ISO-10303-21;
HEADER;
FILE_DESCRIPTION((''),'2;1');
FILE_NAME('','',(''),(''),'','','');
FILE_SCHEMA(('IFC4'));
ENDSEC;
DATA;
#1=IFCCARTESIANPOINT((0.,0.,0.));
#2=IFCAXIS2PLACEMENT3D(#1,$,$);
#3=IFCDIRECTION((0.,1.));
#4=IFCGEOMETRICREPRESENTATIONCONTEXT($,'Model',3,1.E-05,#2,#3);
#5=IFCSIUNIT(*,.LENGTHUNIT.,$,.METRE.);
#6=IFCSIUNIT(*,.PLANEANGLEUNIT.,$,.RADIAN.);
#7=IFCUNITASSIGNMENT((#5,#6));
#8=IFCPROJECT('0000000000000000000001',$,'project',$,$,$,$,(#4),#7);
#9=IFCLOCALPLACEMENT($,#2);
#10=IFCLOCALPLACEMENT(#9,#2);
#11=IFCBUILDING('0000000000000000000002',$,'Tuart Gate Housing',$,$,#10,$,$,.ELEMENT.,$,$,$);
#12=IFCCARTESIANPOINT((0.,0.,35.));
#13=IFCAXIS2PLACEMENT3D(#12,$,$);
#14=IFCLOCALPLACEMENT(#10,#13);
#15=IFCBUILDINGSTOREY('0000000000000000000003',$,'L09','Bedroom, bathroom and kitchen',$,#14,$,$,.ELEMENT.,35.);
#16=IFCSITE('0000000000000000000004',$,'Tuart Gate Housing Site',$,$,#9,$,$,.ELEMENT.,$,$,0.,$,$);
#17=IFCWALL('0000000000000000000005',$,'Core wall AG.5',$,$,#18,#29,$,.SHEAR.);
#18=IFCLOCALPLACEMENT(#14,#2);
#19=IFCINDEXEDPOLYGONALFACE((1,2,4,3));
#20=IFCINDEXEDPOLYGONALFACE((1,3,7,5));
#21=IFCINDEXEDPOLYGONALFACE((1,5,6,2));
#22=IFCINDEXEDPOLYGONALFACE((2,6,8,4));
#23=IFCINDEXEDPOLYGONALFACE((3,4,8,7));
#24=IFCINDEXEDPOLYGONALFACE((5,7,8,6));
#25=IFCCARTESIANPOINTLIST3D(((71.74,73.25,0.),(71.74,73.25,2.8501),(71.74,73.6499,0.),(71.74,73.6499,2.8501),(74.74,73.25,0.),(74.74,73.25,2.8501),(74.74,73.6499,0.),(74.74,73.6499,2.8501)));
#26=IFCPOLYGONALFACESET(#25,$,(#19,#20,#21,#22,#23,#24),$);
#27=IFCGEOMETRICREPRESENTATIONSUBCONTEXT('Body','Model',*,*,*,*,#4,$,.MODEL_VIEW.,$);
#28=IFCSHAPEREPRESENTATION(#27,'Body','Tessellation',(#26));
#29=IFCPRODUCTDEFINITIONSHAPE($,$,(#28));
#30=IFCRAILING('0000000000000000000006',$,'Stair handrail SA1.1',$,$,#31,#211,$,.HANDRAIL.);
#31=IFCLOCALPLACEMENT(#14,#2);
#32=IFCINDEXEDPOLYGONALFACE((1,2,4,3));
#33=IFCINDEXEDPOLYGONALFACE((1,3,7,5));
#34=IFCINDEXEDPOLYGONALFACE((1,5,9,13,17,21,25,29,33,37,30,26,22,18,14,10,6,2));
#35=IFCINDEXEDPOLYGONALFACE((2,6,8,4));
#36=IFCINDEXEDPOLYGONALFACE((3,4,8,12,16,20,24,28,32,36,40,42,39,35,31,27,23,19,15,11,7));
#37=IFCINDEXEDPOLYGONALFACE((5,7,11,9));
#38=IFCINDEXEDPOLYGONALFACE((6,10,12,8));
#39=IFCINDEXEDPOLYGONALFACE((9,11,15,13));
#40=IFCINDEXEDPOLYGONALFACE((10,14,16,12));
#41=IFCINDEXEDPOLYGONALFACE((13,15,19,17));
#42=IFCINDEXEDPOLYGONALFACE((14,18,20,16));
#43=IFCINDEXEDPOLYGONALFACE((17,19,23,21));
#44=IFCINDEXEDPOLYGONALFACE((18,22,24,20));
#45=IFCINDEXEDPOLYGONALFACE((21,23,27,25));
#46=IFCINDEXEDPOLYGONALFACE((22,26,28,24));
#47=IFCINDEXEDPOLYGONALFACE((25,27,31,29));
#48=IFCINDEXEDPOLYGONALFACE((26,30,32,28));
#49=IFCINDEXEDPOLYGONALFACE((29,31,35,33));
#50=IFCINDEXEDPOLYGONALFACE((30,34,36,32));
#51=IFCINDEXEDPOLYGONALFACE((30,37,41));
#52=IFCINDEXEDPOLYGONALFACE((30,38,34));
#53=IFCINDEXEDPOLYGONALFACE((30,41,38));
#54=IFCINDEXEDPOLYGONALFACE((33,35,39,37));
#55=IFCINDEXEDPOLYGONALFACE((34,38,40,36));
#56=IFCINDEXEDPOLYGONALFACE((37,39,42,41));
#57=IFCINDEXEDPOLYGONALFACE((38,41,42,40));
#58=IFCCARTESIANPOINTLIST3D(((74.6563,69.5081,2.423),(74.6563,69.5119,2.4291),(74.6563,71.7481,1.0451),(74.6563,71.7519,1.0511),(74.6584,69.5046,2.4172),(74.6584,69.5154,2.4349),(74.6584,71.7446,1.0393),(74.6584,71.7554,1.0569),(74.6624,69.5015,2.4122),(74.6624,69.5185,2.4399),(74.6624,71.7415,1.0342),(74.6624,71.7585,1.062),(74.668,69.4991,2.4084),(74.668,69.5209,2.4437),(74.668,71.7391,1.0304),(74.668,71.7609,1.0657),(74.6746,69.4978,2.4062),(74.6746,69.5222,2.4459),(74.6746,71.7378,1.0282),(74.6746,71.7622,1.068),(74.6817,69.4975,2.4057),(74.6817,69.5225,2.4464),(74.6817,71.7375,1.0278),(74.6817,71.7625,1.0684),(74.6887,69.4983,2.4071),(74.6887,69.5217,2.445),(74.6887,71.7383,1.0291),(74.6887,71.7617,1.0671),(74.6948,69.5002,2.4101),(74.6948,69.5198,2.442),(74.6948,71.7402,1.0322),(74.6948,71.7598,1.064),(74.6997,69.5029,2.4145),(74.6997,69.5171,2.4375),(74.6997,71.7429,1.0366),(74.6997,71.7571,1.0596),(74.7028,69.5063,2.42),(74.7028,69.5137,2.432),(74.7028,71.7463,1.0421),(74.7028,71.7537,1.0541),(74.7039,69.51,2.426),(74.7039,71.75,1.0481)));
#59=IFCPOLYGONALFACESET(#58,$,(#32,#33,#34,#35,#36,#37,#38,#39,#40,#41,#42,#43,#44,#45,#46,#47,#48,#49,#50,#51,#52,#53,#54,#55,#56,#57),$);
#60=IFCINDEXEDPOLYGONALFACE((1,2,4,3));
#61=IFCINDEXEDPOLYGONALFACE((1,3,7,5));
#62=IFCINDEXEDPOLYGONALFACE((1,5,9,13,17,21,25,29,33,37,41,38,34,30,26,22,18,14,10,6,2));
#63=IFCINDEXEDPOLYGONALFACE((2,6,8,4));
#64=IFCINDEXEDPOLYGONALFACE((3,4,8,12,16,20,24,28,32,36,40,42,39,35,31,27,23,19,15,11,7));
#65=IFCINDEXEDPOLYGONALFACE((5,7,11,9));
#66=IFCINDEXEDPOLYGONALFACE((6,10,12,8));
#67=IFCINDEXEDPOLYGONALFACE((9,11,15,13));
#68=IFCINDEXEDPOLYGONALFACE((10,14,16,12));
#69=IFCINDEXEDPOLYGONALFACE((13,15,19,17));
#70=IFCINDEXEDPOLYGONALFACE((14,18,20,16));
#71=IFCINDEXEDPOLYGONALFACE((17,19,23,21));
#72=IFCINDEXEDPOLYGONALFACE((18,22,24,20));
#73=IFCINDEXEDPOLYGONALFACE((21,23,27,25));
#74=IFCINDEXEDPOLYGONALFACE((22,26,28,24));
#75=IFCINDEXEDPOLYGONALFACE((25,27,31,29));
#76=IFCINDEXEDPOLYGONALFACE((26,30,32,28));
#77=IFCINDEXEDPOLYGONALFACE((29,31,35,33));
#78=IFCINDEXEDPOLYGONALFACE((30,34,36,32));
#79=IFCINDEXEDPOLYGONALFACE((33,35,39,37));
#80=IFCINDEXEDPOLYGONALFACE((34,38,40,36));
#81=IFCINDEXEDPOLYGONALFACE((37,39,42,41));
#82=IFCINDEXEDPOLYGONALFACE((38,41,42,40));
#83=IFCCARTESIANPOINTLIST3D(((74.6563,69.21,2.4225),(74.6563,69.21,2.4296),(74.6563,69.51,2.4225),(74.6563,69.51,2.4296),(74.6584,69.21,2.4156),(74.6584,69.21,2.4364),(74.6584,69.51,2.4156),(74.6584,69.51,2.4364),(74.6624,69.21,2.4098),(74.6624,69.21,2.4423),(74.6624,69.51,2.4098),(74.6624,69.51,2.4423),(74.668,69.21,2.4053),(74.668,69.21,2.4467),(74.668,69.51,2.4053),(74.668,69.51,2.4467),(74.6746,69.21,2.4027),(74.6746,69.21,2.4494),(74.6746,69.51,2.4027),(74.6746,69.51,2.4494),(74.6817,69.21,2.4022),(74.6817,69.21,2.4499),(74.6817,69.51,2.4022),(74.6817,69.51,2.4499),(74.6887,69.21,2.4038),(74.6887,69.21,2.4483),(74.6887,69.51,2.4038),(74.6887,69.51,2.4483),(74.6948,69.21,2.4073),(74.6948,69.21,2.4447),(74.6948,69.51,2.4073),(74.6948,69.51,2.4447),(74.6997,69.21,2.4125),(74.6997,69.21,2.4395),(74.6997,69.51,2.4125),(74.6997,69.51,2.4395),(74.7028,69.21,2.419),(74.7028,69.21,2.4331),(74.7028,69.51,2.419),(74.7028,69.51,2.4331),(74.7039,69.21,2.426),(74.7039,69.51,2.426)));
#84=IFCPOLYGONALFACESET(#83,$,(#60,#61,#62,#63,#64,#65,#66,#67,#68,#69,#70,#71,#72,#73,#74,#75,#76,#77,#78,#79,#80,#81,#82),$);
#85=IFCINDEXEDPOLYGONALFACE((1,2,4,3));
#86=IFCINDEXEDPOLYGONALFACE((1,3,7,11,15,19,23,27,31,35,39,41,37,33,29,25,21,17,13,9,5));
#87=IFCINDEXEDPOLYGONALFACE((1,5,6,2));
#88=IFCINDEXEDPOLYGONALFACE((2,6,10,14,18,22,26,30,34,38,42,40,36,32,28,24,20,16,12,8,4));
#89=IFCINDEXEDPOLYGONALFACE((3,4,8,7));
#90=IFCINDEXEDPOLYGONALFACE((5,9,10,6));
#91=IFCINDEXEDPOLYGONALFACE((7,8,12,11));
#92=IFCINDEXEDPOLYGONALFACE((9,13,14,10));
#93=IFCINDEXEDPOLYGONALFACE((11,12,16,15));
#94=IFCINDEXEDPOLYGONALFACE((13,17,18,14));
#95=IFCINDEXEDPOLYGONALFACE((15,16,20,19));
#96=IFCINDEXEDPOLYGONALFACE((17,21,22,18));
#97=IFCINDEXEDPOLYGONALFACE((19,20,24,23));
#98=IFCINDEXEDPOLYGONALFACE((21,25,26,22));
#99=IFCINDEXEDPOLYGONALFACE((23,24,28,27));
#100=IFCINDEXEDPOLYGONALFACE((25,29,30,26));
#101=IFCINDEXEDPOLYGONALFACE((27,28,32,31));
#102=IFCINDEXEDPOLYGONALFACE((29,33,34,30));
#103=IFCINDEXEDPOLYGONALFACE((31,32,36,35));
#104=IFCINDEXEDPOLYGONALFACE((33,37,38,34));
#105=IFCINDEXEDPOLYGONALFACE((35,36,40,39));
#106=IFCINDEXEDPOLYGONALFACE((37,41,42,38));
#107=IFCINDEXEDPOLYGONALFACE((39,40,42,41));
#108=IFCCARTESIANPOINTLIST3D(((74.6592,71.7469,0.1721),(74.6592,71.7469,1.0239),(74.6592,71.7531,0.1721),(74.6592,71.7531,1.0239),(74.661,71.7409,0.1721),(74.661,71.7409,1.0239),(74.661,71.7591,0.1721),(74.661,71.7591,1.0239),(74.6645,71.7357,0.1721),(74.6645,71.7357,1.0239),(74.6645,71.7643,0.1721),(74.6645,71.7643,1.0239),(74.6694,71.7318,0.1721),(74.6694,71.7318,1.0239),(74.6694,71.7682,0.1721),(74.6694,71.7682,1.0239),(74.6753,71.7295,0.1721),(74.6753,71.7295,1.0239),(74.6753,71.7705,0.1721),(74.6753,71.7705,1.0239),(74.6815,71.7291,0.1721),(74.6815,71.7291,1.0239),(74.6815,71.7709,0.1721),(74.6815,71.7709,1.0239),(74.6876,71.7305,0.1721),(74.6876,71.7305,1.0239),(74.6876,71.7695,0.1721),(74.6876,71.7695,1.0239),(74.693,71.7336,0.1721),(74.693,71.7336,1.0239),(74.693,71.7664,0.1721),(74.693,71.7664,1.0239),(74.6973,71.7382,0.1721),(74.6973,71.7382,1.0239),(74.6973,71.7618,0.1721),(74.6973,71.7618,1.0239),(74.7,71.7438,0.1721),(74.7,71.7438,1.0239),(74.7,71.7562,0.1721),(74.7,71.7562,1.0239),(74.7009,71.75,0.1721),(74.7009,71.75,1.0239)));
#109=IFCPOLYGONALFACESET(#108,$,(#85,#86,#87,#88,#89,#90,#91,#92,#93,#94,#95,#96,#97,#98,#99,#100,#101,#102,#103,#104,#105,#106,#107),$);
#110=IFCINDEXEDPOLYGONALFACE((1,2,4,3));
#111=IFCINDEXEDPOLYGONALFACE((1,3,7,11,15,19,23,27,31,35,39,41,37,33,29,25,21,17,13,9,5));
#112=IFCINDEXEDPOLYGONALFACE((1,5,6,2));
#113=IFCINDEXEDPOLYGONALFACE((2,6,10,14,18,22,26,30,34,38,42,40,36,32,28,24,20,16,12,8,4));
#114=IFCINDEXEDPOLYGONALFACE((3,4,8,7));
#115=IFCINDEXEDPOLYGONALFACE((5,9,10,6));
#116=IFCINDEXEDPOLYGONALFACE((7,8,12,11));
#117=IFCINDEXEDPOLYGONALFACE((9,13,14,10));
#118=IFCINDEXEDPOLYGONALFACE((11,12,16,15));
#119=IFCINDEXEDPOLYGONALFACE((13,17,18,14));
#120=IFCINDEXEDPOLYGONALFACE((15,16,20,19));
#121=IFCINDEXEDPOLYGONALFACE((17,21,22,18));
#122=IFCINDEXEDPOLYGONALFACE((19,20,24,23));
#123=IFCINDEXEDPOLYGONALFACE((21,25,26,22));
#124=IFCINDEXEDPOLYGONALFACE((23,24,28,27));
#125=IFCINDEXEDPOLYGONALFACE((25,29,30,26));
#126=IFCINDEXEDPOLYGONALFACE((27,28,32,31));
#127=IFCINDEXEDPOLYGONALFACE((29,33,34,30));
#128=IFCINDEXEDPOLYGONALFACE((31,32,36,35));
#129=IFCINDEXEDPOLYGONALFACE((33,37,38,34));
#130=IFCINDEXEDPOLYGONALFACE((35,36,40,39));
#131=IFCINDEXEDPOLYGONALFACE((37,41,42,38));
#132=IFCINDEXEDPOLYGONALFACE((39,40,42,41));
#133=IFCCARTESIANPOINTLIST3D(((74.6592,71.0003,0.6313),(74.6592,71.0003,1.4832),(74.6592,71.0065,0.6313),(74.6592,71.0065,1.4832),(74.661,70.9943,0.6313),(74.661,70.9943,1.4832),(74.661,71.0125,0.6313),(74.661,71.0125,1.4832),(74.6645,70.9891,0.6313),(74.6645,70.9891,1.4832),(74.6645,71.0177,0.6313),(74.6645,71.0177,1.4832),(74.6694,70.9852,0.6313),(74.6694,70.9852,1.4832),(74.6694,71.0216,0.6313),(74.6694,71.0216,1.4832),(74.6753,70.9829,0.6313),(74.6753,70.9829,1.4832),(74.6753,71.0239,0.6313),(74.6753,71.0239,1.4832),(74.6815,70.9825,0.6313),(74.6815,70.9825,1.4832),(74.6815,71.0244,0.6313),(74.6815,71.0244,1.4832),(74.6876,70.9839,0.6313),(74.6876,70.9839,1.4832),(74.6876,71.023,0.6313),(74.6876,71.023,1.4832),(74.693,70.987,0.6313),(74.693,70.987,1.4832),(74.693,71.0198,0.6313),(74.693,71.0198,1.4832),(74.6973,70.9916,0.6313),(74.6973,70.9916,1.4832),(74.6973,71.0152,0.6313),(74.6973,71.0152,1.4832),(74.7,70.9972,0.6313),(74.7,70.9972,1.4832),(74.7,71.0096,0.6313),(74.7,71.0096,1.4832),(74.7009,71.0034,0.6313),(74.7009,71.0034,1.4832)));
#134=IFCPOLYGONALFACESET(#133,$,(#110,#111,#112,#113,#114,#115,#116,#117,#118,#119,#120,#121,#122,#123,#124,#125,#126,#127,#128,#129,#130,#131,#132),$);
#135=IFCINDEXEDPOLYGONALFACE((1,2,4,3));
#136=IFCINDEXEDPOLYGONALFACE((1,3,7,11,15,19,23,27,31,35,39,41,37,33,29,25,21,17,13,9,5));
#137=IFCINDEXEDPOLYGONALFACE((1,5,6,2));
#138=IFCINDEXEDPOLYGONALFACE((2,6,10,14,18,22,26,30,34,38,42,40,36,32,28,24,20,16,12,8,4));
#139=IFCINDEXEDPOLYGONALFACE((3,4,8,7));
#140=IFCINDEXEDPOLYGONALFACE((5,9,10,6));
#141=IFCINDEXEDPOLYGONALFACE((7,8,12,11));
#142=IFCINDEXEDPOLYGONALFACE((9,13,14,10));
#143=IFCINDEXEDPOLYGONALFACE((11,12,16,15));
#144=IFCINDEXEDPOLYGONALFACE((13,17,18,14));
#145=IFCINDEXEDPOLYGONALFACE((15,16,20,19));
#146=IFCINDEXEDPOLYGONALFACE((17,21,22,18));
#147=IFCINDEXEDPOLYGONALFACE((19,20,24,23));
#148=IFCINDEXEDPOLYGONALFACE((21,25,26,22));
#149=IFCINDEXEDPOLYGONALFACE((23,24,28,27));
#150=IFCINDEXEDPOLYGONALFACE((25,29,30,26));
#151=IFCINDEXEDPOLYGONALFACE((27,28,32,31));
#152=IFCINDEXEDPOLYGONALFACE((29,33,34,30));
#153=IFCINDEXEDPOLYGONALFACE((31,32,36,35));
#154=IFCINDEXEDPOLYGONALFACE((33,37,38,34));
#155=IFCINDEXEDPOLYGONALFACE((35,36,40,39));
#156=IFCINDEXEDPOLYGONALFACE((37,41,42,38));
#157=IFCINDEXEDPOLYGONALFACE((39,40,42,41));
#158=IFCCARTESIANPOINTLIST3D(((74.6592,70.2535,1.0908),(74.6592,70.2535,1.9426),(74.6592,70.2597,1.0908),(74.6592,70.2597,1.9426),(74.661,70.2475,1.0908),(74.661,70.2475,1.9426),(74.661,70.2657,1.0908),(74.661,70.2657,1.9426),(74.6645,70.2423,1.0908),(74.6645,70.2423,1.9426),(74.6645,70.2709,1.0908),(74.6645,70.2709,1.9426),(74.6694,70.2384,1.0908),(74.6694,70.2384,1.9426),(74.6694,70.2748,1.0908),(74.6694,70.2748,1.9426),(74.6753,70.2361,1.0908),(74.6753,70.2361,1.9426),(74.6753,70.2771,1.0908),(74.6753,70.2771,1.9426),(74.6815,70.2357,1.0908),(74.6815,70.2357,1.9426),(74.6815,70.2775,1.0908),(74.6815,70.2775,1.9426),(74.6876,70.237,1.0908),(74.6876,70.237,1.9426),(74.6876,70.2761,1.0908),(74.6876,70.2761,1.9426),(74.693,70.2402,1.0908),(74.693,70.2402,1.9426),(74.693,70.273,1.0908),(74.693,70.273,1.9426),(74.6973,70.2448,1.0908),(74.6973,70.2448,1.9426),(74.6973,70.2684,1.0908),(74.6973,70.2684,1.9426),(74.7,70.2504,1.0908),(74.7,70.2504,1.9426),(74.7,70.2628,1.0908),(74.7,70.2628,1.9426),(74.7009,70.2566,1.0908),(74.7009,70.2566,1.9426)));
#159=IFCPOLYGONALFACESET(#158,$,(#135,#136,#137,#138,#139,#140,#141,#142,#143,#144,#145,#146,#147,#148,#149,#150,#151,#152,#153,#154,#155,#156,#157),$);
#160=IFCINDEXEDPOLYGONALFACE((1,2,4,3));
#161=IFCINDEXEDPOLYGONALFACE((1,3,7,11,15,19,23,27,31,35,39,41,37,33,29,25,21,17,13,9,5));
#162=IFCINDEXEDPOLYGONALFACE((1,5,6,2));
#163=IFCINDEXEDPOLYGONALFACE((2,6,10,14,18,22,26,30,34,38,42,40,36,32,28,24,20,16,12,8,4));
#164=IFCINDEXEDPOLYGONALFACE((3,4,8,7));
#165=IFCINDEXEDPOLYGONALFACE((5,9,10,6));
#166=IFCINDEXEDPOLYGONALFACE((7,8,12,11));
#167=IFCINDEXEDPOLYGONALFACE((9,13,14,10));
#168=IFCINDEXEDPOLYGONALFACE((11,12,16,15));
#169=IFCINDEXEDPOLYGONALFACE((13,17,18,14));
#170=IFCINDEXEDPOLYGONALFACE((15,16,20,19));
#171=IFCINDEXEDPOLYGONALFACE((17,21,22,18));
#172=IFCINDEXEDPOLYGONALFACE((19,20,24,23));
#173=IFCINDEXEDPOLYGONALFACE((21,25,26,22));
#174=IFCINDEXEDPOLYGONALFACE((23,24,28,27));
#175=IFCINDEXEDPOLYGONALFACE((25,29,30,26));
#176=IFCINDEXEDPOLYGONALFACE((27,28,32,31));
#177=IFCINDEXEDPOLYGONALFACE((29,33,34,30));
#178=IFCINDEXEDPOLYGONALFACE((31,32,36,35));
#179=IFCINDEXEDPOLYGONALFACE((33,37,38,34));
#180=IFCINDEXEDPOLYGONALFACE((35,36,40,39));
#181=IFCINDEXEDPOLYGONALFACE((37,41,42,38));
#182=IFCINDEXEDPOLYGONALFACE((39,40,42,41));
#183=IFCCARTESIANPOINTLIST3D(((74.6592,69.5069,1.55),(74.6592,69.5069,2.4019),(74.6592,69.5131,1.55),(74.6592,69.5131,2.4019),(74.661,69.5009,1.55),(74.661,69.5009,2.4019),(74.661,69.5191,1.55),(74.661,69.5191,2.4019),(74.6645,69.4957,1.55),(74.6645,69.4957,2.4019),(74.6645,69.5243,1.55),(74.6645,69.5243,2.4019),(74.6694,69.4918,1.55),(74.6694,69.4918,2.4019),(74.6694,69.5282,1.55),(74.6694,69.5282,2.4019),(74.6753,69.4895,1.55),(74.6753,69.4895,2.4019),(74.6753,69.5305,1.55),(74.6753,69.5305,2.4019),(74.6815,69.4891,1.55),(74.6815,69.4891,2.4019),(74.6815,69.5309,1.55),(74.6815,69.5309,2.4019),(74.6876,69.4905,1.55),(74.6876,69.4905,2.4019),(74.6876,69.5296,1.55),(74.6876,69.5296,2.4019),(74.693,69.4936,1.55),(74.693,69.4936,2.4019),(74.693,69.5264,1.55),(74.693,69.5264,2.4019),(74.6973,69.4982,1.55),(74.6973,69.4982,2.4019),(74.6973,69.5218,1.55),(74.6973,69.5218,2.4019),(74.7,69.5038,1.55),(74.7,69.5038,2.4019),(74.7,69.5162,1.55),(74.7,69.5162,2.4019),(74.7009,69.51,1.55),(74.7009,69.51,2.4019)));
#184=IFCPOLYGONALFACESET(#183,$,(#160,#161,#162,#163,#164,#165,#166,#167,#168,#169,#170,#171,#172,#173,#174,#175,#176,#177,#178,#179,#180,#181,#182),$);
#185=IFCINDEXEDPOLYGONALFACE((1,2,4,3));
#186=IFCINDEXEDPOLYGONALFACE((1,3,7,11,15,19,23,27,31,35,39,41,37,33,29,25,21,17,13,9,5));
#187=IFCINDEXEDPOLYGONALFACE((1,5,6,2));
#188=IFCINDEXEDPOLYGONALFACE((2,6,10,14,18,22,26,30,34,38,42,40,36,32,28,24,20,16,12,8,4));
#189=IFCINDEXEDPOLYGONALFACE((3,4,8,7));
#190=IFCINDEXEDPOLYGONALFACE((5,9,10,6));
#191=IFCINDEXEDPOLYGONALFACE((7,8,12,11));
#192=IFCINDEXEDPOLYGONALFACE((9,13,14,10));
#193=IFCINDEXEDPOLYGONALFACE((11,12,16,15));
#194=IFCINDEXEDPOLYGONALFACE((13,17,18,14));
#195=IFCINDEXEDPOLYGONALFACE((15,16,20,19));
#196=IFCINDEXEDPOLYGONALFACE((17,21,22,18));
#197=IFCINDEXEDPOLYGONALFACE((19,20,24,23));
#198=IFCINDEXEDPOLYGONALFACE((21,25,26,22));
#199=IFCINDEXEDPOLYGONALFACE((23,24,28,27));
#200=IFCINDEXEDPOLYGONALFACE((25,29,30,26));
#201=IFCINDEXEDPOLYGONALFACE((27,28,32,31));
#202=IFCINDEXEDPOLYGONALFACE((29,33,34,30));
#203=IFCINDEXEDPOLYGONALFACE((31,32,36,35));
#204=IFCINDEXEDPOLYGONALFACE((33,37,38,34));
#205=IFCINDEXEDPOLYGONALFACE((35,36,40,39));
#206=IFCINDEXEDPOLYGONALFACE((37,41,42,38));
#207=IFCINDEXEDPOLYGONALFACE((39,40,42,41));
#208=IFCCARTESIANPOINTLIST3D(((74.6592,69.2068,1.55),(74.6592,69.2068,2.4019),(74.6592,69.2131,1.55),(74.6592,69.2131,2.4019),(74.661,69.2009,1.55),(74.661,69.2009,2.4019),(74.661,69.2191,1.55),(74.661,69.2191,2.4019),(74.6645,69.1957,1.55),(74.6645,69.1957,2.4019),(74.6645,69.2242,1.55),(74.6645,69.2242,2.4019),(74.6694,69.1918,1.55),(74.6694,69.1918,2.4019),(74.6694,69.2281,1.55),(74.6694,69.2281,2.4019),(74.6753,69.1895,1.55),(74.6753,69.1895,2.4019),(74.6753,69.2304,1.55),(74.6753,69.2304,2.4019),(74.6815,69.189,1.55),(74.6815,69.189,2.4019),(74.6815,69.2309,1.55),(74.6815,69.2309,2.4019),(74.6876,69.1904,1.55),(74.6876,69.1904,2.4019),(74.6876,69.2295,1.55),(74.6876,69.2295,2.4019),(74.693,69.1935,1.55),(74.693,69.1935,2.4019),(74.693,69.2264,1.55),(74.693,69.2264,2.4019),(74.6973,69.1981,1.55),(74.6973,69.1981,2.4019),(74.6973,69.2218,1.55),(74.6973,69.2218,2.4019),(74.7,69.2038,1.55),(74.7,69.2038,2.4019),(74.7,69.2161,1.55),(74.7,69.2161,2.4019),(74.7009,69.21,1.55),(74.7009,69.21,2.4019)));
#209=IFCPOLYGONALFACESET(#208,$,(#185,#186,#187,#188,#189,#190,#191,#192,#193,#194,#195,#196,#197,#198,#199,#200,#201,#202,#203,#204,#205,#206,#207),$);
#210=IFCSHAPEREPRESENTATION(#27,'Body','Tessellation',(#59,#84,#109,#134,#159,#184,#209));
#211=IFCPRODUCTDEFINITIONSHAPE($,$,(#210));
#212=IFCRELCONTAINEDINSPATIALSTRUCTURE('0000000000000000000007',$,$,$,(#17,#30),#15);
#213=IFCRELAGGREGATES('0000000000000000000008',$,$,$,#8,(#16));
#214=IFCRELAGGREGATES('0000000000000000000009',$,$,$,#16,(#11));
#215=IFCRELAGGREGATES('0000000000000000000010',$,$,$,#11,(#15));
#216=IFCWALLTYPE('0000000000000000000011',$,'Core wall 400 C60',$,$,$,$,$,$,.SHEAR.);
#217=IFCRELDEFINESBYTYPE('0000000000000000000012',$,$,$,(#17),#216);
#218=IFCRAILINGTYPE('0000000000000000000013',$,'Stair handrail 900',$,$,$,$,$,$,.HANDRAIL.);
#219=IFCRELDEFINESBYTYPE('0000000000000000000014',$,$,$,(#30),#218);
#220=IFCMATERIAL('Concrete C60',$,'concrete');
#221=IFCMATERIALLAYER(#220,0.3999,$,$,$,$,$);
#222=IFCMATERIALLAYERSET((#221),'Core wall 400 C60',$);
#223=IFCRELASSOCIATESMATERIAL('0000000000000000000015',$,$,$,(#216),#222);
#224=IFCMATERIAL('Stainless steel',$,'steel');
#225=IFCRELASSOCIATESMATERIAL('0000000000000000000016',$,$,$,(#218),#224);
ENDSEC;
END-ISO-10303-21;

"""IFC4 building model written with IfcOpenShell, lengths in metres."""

from ifc_helpers import new_model, si_unit, direction, frame, frame_2d, origin, origin_2d, place, context, subcontext, project, spatial, rectangle, circle, extrude, material, layer, layer_set, type_object, element, save


model = new_model("IFC4")

# Units and contexts
model_context = context("Model", 3, precision=1e-05, world=origin(), true_north=direction((0.0, 1.0)))
body_context = subcontext(model_context, "Body", "Model", "MODEL_VIEW")
ifc_project = project(units=[si_unit("LENGTHUNIT", "METRE"), si_unit("PLANEANGLEUNIT", "RADIAN")], contexts=[model_context])

# Site, building, storey
site_placement = place(None, origin())
site = spatial("IfcSite", under=ifc_project, at=site_placement, Name="Tuart Gate Housing Site", CompositionType="ELEMENT", RefElevation=0.0)
building_placement = place(site_placement, origin())
building = spatial("IfcBuilding", under=site, at=building_placement, Name="Tuart Gate Housing", CompositionType="ELEMENT")
storey_placement = place(building_placement, frame((0.0, 0.0, 35.0)))
storey = spatial("IfcBuildingStorey", under=building, at=storey_placement, Name="L09", Description="Bedroom, bathroom and kitchen", CompositionType="ELEMENT", Elevation=35.0)

# Wall
ifc_material_1 = material(Name="Concrete C60", Category="concrete")
ifc_layer = layer(ifc_material_1, 0.3999)
ifc_layer_set = layer_set([ifc_layer], Name="Core wall 400 C60")
wall_type = type_object("IfcWallType", Name="Core wall 400 C60", PredefinedType="SHEAR", material=ifc_layer_set)
wall_placement = place(storey_placement, frame((71.74, 73.45, 0.0), z_axis=(0.0, 0.0, 1.0), x_axis=(1.0, 0.0, 0.0)))
element("IfcWall", 1, at=wall_placement, inside=storey, type_object=wall_type, Name="Core wall AG.5", PredefinedType="SHEAR", context=body_context, shape_type="SweptSolid", body=[
    extrude(rectangle(XDim=3.0, YDim=0.3999, at=frame_2d((1.5, 0.0))), origin(), (0.0, 0.0, 1.0), 2.8501),
])

# Railing
ifc_material_2 = material(Name="Stainless steel", Category="steel")
railing_type = type_object("IfcRailingType", Name="Stair handrail 900", PredefinedType="HANDRAIL", material=ifc_material_2)
railing_placement = place(storey_placement, frame((74.6799, 71.75, 0.1721)))
element("IfcRailing", 2, at=railing_placement, inside=storey, type_object=railing_type, Name="Stair handrail SA1.1", PredefinedType="HANDRAIL", context=body_context, shape_type="SweptSolid", body=[
    extrude(circle(Radius=0.0239, at=origin_2d()), frame((0.0, 0.0, 0.876), z_axis=(0.0, -0.851748, 0.523952), x_axis=(1.0, 0.0, 0.0)), (0.0, 0.0, 1.0), 2.6299),
    extrude(circle(Radius=0.0239, at=origin_2d()), frame((0.0, -2.24, 2.2539), z_axis=(0.0, -1.0, 0.0), x_axis=(1.0, 0.0, 0.0)), (0.0, 0.0, 1.0), 0.3),
    extrude(circle(Radius=0.021, at=origin_2d()), origin(), (0.0, 0.0, 1.0), 0.8518),
    extrude(circle(Radius=0.021, at=origin_2d()), frame((0.0, -0.7466, 0.4592)), (0.0, 0.0, 1.0), 0.8518),
    extrude(circle(Radius=0.021, at=origin_2d()), frame((0.0, -1.4934, 0.9187)), (0.0, 0.0, 1.0), 0.8518),
    extrude(circle(Radius=0.021, at=origin_2d()), frame((0.0, -2.24, 1.3779)), (0.0, 0.0, 1.0), 0.8518),
    extrude(circle(Radius=0.021, at=origin_2d()), frame((0.0, -2.54, 1.3779)), (0.0, 0.0, 1.0), 0.8518),
])

save(model, "model.ifc")
